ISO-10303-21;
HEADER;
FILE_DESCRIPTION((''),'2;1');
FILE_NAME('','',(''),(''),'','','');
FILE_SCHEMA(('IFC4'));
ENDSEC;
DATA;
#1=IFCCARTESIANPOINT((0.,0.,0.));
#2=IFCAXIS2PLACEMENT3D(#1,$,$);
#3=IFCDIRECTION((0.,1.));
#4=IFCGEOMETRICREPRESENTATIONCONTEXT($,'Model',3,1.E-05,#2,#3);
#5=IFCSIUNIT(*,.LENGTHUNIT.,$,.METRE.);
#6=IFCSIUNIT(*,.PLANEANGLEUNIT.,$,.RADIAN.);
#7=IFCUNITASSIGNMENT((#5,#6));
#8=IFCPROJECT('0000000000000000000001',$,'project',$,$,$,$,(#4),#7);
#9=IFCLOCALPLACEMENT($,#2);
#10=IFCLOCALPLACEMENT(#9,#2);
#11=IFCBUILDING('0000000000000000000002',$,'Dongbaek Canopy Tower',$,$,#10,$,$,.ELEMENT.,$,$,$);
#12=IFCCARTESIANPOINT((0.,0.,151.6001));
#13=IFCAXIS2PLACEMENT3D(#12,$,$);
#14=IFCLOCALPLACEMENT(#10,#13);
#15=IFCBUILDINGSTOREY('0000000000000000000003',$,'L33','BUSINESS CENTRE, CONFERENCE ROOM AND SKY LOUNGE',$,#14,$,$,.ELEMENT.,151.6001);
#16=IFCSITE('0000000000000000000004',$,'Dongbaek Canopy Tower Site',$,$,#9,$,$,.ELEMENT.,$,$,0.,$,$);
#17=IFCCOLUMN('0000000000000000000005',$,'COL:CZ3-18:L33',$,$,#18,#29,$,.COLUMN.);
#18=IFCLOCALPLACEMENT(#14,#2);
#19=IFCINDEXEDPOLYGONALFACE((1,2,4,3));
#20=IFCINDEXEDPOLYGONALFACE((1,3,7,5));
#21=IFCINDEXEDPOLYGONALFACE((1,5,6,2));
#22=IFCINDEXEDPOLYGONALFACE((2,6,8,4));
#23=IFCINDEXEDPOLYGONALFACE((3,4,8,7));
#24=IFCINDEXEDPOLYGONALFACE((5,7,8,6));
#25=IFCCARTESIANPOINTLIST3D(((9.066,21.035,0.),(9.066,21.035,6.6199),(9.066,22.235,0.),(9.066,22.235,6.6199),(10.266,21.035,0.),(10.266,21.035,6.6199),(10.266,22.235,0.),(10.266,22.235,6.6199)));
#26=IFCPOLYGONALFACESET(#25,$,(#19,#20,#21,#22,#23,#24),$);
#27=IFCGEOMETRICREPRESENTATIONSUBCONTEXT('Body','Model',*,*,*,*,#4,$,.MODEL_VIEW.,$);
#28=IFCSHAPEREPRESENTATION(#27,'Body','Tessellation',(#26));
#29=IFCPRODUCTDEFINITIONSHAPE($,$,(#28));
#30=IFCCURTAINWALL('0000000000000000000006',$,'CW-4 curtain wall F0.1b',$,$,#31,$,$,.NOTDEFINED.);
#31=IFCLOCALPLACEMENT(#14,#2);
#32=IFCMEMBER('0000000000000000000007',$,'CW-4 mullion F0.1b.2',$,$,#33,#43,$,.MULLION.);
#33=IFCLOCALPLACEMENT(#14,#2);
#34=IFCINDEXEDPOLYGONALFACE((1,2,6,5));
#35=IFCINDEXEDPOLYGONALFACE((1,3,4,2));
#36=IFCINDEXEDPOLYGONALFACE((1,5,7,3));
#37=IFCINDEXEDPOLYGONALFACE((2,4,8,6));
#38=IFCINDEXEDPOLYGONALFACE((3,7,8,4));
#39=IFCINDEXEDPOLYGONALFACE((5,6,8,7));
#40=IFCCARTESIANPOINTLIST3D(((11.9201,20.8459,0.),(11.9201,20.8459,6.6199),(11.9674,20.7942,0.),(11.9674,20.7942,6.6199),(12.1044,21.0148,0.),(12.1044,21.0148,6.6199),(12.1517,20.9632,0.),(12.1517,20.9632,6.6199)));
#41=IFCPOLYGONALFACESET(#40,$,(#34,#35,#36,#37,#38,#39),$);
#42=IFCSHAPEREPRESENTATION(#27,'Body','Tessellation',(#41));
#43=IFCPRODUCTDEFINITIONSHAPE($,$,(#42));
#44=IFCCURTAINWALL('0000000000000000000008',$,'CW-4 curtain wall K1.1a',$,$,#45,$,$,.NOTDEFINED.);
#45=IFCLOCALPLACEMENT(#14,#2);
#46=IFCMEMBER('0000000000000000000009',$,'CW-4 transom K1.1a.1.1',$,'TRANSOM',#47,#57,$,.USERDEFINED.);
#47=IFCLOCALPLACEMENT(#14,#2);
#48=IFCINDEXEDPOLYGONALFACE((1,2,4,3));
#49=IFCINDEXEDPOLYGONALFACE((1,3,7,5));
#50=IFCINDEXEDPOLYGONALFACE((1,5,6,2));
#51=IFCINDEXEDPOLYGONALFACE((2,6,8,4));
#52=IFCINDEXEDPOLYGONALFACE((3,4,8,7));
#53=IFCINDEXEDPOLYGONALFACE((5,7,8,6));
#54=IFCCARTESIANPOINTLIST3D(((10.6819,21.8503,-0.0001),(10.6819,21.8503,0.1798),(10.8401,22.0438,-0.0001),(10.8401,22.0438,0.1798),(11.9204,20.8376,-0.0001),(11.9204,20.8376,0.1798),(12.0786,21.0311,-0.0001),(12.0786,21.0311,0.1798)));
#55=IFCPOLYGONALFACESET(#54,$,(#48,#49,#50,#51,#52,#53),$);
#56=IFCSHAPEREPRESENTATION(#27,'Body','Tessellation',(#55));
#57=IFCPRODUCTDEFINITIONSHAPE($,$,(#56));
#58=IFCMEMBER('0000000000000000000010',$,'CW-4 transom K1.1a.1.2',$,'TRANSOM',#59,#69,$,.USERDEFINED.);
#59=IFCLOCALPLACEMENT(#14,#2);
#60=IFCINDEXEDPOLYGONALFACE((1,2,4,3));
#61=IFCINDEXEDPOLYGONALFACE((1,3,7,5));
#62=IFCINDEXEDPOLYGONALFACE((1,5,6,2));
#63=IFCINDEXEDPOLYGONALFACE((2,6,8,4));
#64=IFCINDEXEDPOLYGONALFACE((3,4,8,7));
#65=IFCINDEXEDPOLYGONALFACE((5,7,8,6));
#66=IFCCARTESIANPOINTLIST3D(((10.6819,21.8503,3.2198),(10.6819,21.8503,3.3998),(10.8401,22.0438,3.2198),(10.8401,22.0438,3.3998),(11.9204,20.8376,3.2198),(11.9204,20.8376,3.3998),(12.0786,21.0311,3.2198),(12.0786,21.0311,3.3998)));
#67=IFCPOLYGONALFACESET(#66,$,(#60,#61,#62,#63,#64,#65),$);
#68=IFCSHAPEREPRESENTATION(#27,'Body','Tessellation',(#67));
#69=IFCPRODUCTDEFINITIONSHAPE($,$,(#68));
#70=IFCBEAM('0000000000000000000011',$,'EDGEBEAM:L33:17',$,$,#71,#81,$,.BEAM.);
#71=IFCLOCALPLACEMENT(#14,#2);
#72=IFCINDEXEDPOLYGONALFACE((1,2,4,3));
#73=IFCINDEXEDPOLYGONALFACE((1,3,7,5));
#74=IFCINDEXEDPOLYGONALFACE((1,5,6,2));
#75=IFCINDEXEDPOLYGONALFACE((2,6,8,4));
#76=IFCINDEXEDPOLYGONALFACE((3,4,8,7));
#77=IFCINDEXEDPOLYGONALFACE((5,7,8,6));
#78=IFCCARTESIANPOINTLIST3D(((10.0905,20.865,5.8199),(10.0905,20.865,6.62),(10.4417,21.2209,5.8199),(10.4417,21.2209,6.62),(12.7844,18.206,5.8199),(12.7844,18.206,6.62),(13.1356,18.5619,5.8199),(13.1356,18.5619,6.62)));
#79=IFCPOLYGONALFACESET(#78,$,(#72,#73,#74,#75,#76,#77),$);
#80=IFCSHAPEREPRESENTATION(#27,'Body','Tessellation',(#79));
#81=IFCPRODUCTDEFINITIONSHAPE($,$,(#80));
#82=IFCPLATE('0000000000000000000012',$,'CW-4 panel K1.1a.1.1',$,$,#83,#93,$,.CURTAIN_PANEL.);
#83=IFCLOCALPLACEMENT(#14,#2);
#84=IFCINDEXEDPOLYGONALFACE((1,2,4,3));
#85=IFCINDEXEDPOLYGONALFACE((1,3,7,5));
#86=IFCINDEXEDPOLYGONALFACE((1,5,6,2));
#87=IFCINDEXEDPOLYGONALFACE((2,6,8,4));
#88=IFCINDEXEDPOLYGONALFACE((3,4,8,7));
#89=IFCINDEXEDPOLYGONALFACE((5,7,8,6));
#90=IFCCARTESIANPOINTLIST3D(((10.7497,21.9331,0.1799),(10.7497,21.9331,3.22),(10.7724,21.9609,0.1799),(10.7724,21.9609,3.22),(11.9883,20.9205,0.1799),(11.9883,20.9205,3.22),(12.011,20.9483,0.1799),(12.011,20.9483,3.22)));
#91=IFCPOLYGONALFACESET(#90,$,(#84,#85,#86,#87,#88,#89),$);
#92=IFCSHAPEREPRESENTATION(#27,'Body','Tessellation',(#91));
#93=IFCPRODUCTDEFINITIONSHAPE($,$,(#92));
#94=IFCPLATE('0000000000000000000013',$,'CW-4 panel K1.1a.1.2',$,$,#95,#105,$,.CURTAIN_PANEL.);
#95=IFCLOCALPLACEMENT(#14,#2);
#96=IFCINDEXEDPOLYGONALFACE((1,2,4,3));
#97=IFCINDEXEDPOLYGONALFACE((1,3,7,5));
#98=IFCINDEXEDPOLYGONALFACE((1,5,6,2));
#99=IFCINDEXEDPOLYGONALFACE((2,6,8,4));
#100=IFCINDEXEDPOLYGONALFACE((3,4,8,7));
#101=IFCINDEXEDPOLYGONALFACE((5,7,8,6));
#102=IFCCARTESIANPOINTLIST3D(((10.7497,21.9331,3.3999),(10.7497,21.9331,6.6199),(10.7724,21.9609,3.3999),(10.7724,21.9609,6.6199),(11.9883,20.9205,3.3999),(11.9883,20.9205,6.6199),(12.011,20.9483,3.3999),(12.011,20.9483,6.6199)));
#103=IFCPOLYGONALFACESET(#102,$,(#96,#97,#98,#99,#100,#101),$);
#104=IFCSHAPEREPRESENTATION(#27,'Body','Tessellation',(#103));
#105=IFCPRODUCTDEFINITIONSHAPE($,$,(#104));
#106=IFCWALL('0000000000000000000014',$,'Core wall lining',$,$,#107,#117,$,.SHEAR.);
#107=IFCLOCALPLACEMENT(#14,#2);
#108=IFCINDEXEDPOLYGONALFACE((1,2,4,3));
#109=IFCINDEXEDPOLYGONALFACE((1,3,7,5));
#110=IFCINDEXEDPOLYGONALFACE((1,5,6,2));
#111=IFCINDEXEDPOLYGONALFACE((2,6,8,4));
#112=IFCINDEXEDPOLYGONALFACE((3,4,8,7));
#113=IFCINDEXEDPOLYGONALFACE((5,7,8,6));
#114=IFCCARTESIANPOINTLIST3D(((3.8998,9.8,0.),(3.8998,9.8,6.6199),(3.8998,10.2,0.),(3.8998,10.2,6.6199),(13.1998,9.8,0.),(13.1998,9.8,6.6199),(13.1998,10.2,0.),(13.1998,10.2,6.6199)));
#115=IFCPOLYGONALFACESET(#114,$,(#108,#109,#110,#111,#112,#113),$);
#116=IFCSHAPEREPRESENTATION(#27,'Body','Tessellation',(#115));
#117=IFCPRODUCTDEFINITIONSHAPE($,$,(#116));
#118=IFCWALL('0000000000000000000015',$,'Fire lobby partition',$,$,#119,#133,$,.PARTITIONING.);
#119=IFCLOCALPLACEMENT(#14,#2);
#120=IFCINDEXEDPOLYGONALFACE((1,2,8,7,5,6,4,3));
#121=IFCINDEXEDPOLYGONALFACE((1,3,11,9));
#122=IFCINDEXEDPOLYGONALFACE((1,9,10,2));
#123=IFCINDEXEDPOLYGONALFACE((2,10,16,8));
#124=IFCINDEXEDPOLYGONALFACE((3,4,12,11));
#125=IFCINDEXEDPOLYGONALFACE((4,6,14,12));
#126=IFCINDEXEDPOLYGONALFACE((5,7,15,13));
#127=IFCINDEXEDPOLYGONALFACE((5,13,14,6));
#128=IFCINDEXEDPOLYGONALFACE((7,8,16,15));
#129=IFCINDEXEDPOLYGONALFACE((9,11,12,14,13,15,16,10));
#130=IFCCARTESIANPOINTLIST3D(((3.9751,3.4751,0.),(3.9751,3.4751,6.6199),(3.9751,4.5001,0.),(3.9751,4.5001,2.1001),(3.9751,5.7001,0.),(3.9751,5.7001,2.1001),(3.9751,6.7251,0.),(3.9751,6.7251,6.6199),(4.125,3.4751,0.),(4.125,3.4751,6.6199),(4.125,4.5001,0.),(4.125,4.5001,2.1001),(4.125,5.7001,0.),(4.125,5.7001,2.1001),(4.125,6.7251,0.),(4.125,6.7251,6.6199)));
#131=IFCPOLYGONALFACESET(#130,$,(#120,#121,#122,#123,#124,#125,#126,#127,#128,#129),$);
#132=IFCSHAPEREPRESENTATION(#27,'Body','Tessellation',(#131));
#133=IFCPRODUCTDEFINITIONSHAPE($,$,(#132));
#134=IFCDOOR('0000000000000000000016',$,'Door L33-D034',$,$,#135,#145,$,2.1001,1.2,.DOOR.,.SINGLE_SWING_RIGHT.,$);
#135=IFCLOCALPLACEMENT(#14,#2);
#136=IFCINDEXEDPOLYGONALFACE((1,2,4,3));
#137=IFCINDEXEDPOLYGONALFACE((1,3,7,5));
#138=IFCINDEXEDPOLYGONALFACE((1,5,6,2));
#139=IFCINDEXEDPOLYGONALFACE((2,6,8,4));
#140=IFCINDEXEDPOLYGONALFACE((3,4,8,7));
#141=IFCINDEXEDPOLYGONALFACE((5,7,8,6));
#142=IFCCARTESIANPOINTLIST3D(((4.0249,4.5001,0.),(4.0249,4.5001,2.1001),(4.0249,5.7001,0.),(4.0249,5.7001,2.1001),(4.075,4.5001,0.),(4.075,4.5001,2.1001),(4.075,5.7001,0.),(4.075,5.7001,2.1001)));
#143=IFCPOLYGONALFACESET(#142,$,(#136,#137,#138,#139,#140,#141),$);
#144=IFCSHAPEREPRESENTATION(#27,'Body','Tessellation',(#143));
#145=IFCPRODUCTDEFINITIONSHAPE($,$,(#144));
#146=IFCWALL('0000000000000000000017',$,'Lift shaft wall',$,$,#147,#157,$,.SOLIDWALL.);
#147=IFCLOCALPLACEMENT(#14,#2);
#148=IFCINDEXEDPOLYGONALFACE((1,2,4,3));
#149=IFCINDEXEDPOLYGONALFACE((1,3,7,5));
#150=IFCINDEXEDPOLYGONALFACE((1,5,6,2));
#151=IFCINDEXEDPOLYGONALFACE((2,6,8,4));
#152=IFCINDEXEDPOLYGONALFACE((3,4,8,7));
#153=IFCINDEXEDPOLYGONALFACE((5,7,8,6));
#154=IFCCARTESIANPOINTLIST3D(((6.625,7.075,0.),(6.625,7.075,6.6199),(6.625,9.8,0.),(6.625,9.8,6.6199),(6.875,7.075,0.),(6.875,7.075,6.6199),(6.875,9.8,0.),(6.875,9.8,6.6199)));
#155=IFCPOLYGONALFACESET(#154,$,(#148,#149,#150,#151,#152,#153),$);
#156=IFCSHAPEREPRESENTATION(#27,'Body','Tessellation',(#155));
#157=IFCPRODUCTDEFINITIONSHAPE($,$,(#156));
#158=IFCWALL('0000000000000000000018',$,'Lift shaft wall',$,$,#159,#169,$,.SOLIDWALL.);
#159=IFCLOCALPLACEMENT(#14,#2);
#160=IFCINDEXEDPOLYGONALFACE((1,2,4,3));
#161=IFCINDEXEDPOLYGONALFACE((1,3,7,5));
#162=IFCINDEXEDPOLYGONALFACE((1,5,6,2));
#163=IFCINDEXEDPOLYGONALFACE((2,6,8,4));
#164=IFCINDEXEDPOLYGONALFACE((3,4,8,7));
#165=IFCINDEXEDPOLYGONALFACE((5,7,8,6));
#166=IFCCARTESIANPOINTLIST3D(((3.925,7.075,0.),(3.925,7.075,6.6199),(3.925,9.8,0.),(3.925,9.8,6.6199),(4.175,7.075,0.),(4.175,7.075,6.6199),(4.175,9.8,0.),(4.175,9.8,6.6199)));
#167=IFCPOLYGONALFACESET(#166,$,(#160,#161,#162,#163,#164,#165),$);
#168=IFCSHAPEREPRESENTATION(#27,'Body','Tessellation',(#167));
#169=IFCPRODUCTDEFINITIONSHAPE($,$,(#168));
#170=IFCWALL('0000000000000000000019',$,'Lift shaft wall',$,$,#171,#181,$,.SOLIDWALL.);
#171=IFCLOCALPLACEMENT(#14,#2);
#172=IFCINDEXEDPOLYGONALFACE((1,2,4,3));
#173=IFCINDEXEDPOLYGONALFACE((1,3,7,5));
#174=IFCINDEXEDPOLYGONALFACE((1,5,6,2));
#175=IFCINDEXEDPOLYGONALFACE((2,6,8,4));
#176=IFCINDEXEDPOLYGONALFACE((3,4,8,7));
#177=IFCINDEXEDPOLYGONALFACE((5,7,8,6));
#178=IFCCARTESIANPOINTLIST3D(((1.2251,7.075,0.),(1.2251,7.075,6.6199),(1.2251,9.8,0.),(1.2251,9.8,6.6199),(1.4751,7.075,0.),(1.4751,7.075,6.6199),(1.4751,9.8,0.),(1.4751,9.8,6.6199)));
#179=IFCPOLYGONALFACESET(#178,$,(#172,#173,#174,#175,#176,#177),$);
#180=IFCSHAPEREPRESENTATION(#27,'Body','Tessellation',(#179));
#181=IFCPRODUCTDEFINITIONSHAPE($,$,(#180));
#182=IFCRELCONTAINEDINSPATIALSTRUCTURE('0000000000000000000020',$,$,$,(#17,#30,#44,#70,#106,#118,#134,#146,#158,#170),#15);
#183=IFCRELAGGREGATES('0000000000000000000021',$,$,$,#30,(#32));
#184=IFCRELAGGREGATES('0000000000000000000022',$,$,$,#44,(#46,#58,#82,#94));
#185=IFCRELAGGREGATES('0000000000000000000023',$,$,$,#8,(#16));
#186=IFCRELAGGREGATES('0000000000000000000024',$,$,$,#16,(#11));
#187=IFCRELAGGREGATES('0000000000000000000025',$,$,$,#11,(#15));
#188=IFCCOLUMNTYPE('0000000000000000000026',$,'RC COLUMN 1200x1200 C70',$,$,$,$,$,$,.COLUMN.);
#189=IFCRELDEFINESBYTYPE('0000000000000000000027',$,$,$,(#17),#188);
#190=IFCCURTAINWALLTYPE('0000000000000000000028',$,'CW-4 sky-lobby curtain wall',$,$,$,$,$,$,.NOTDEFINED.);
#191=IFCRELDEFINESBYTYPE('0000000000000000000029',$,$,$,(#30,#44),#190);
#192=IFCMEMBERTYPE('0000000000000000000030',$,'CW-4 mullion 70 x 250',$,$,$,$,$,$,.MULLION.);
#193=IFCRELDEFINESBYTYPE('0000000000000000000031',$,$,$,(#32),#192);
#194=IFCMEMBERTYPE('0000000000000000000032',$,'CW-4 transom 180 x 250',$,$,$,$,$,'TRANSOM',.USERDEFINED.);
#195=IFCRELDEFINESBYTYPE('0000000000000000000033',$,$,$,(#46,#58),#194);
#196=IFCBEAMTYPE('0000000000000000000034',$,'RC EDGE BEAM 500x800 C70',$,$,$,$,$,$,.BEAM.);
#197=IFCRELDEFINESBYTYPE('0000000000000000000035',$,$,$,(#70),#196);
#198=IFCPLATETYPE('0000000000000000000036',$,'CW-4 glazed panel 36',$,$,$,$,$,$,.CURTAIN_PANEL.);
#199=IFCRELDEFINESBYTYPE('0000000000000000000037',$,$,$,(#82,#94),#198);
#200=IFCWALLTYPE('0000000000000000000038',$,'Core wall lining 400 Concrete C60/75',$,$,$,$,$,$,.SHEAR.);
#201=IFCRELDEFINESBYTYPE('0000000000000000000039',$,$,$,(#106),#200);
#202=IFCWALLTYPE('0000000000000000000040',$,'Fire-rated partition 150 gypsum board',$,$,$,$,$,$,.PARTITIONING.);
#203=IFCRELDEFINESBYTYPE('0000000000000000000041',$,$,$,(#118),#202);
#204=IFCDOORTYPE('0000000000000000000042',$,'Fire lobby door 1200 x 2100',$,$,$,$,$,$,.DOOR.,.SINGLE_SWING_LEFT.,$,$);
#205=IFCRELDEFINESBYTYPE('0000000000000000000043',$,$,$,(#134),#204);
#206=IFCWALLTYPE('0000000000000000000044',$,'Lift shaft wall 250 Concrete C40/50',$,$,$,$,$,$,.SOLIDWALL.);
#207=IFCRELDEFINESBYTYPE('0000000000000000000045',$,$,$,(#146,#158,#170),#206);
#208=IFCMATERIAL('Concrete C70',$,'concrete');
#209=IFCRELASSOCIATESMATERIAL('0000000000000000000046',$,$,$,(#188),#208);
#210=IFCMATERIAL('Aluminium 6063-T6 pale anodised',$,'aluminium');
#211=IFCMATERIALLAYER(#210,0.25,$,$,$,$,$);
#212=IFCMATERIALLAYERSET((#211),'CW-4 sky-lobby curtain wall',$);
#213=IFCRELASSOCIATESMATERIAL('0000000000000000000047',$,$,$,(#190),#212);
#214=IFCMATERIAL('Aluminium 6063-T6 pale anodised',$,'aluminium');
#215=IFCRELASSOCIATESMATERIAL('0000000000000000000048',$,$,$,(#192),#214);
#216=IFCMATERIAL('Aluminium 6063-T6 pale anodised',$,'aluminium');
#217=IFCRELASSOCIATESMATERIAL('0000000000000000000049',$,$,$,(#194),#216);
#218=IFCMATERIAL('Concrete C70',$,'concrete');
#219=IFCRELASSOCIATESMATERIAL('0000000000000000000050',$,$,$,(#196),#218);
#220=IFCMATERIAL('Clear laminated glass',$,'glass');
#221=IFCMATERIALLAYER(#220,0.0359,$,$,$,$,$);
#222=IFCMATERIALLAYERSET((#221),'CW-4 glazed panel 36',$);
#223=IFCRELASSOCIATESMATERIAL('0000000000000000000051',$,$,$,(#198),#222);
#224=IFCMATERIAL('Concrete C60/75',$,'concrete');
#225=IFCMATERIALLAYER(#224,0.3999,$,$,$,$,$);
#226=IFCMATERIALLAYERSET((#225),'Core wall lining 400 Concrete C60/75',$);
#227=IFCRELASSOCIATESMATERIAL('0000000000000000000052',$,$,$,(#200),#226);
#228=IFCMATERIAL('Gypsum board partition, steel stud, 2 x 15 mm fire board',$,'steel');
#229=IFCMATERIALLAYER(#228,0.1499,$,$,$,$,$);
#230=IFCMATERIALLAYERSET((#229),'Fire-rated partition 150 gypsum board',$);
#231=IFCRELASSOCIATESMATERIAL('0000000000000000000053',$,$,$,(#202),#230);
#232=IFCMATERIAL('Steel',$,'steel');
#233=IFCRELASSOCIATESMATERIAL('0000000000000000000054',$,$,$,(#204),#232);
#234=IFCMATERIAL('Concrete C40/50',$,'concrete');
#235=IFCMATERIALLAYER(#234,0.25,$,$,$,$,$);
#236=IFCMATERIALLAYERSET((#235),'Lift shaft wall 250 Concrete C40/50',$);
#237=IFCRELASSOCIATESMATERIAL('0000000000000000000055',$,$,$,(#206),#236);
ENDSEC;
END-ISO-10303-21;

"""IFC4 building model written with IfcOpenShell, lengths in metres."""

from ifc_helpers import new_model, si_unit, direction, frame, frame_2d, origin, origin_2d, place, context, subcontext, project, spatial, rectangle, extrude, material, layer, layer_set, material_profile, profile_set, type_object, element, fill, aggregate, save


model = new_model("IFC4")

# Units and contexts
model_context = context("Model", 3, precision=1e-05, world=origin(), true_north=direction((0.0, 1.0)))
body_context = subcontext(model_context, "Body", "Model", "MODEL_VIEW")
ifc_project = project(units=[si_unit("LENGTHUNIT", "METRE"), si_unit("PLANEANGLEUNIT", "RADIAN")], contexts=[model_context])

# Site, building, storey
site_placement = place(None, origin())
site = spatial("IfcSite", under=ifc_project, at=site_placement, Name="Dongbaek Canopy Tower Site", CompositionType="ELEMENT", RefElevation=0.0)
building_placement = place(site_placement, origin())
building = spatial("IfcBuilding", under=site, at=building_placement, Name="Dongbaek Canopy Tower", CompositionType="ELEMENT")
storey_placement = place(building_placement, frame((0.0, 0.0, 151.6001)))
storey = spatial("IfcBuildingStorey", under=building, at=storey_placement, Name="L33", Description="BUSINESS CENTRE, CONFERENCE ROOM AND SKY LOUNGE", CompositionType="ELEMENT", Elevation=151.6001)

# Column
ifc_material_1 = material(Name="Concrete C70", Category="concrete")
ifc_material_profile_1 = material_profile(ifc_material_1, rectangle(XDim=1.2, YDim=1.2, at=origin_2d()), Name="RC COLUMN 1200x1200 C70")
ifc_profile_set_1 = profile_set([ifc_material_profile_1], Name="Concrete C70")
column_type = type_object("IfcColumnType", Name="RC COLUMN 1200x1200 C70", PredefinedType="COLUMN", material=ifc_profile_set_1)
column_placement = place(storey_placement, frame((9.666, 21.635, 0.0), z_axis=(0.0, 0.0, 1.0), x_axis=(1.0, 0.0, 0.0)))
element("IfcColumn", 1, at=column_placement, inside=storey, type_object=column_type, Name="COL:CZ3-18:L33", PredefinedType="COLUMN", context=body_context, shape_type="SweptSolid", body=[
    extrude(rectangle(XDim=1.2, YDim=1.2, at=origin_2d()), origin(), (0.0, 0.0, 1.0), 6.6199),
])

# Curtain wall, member
ifc_material_2 = material(Name="Aluminium 6063-T6 pale anodised", Category="aluminium")
ifc_layer_1 = layer(ifc_material_2, 0.25)
ifc_layer_set_1 = layer_set([ifc_layer_1], Name="CW-4 sky-lobby curtain wall")
curtain_wall_type = type_object("IfcCurtainWallType", Name="CW-4 sky-lobby curtain wall", PredefinedType="NOTDEFINED", material=ifc_layer_set_1)
curtain_wall_1_placement = place(storey_placement, origin())
curtain_wall_1 = element("IfcCurtainWall", 2, at=curtain_wall_1_placement, inside=storey, type_object=curtain_wall_type, Name="CW-4 curtain wall F0.1b", PredefinedType="NOTDEFINED")
ifc_material_3 = material(Name="Aluminium 6063-T6 pale anodised", Category="aluminium")
ifc_material_profile_2 = material_profile(ifc_material_3, rectangle(XDim=0.25, YDim=0.0701, at=origin_2d()), Name="CW-4 mullion 70 x 250")
ifc_profile_set_2 = profile_set([ifc_material_profile_2], Name="Aluminium 6063-T6 pale anodised")
member_type_1 = type_object("IfcMemberType", Name="CW-4 mullion 70 x 250", PredefinedType="MULLION", material=ifc_profile_set_2)
member_1_placement = place(storey_placement, frame((12.0359, 20.9045, 0.0), z_axis=(0.0, 0.0, 1.0), x_axis=(0.737125, 0.675756, 0.0)))
member_1 = element("IfcMember", 3, at=member_1_placement, type_object=member_type_1, Name="CW-4 mullion F0.1b.2", PredefinedType="MULLION", context=body_context, shape_type="SweptSolid", body=[
    extrude(rectangle(XDim=0.25, YDim=0.0701, at=origin_2d()), origin(), (0.0, 0.0, 1.0), 6.6199),
])
aggregate(curtain_wall_1, [member_1])

# Curtain wall, members
curtain_wall_2_placement = place(storey_placement, origin())
curtain_wall_2 = element("IfcCurtainWall", 4, at=curtain_wall_2_placement, inside=storey, type_object=curtain_wall_type, Name="CW-4 curtain wall K1.1a", PredefinedType="NOTDEFINED")
ifc_material_4 = material(Name="Aluminium 6063-T6 pale anodised", Category="aluminium")
ifc_material_profile_3 = material_profile(ifc_material_4, rectangle(XDim=0.25, YDim=0.1799, at=origin_2d()), Name="CW-4 transom 180 x 250")
ifc_profile_set_3 = profile_set([ifc_material_profile_3], Name="Aluminium 6063-T6 pale anodised")
member_type_2 = type_object("IfcMemberType", Name="CW-4 transom 180 x 250", ElementType="TRANSOM", PredefinedType="USERDEFINED", material=ifc_profile_set_3)
member_2_placement = place(storey_placement, frame((11.9995, 20.9343, 0.0898), z_axis=(-0.774154, 0.632997, 0.0), x_axis=(-0.632997, -0.774154, 0.0)))
member_2 = element("IfcMember", 5, at=member_2_placement, type_object=member_type_2, Name="CW-4 transom K1.1a.1.1", ObjectType="TRANSOM", PredefinedType="USERDEFINED", context=body_context, shape_type="SweptSolid", body=[
    extrude(rectangle(XDim=0.25, YDim=0.1799, at=origin_2d()), origin(), (0.0, 0.0, 1.0), 1.5999),
])
member_3_placement = place(storey_placement, frame((11.9995, 20.9343, 3.3098), z_axis=(-0.774154, 0.632997, 0.0), x_axis=(-0.632997, -0.774154, 0.0)))
member_3 = element("IfcMember", 6, at=member_3_placement, type_object=member_type_2, Name="CW-4 transom K1.1a.1.2", ObjectType="TRANSOM", PredefinedType="USERDEFINED", context=body_context, shape_type="SweptSolid", body=[
    extrude(rectangle(XDim=0.25, YDim=0.1799, at=origin_2d()), origin(), (0.0, 0.0, 1.0), 1.5999),
])

# Beam
ifc_material_5 = material(Name="Concrete C70", Category="concrete")
ifc_material_profile_4 = material_profile(ifc_material_5, rectangle(XDim=0.5, YDim=0.8, at=origin_2d()), Name="RC EDGE BEAM 500x800 C70")
ifc_profile_set_4 = profile_set([ifc_material_profile_4], Name="Concrete C70")
beam_type = type_object("IfcBeamType", Name="RC EDGE BEAM 500x800 C70", PredefinedType="BEAM", material=ifc_profile_set_4)
beam_placement = place(storey_placement, frame((10.2661, 21.043, 6.22), z_axis=(0.711704, -0.70248, 0.0), x_axis=(0.70248, 0.711704, 0.0)))
element("IfcBeam", 7, at=beam_placement, inside=storey, type_object=beam_type, Name="EDGEBEAM:L33:17", PredefinedType="BEAM", context=body_context, shape_type="SweptSolid", body=[
    extrude(rectangle(XDim=0.5, YDim=0.8, at=origin_2d()), origin(), (0.0, 0.0, 1.0), 3.7852),
])

# Plates
ifc_material_6 = material(Name="Clear laminated glass", Category="glass")
ifc_layer_2 = layer(ifc_material_6, 0.0359)
ifc_layer_set_2 = layer_set([ifc_layer_2], Name="CW-4 glazed panel 36")
plate_type = type_object("IfcPlateType", Name="CW-4 glazed panel 36", PredefinedType="CURTAIN_PANEL", material=ifc_layer_set_2)
plate_1_placement = place(storey_placement, frame((11.3804, 21.4407, 0.1799), z_axis=(0.0, 0.0, 1.0), x_axis=(-0.774192, 0.632951, 0.0)))
plate_1 = element("IfcPlate", 8, at=plate_1_placement, type_object=plate_type, Name="CW-4 panel K1.1a.1.1", PredefinedType="CURTAIN_PANEL", context=body_context, shape_type="SweptSolid", body=[
    extrude(rectangle(XDim=1.5999, YDim=0.0359, at=origin_2d()), origin(), (0.0, 0.0, 1.0), 3.04),
])
plate_2_placement = place(storey_placement, frame((11.3804, 21.4407, 3.3999), z_axis=(0.0, 0.0, 1.0), x_axis=(-0.774192, 0.632951, 0.0)))
plate_2 = element("IfcPlate", 9, at=plate_2_placement, type_object=plate_type, Name="CW-4 panel K1.1a.1.2", PredefinedType="CURTAIN_PANEL", context=body_context, shape_type="SweptSolid", body=[
    extrude(rectangle(XDim=1.5999, YDim=0.0359, at=origin_2d()), origin(), (0.0, 0.0, 1.0), 3.22),
])
aggregate(curtain_wall_2, [member_2, member_3, plate_1, plate_2])

# Wall
ifc_material_7 = material(Name="Concrete C60/75", Category="concrete")
ifc_layer_3 = layer(ifc_material_7, 0.3999)
ifc_layer_set_3 = layer_set([ifc_layer_3], Name="Core wall lining 400 Concrete C60/75")
wall_type_1 = type_object("IfcWallType", Name="Core wall lining 400 Concrete C60/75", PredefinedType="SHEAR", material=ifc_layer_set_3)
wall_1_placement = place(storey_placement, frame((3.8999, 10.0, 0.0), z_axis=(0.0, 0.0, 1.0), x_axis=(1.0, 0.0, 0.0)))
element("IfcWall", 10, at=wall_1_placement, inside=storey, type_object=wall_type_1, Name="Core wall lining", PredefinedType="SHEAR", context=body_context, shape_type="SweptSolid", body=[
    extrude(rectangle(XDim=9.3, YDim=0.3999, at=frame_2d((4.6499, 0.0))), origin(), (0.0, 0.0, 1.0), 6.6199),
])

# Wall, opening, door
ifc_material_8 = material(Name="Gypsum board partition, steel stud, 2 x 15 mm fire board", Category="steel")
ifc_layer_4 = layer(ifc_material_8, 0.1499)
ifc_layer_set_4 = layer_set([ifc_layer_4], Name="Fire-rated partition 150 gypsum board")
wall_type_2 = type_object("IfcWallType", Name="Fire-rated partition 150 gypsum board", PredefinedType="PARTITIONING", material=ifc_layer_set_4)
wall_2_placement = place(storey_placement, frame((4.05, 6.7251, 0.0), z_axis=(0.0, 0.0, 1.0), x_axis=(0.0, -1.0, 0.0)))
wall_2 = element("IfcWall", 11, at=wall_2_placement, inside=storey, type_object=wall_type_2, Name="Fire lobby partition", PredefinedType="PARTITIONING", context=body_context, shape_type="SweptSolid", body=[
    extrude(rectangle(XDim=3.25, YDim=0.1499, at=frame_2d((1.625, 0.0))), origin(), (0.0, 0.0, 1.0), 6.6199),
])
opening_1_placement = place(wall_2_placement, frame((1.0249, 0.0, 0.0)))
opening_1 = element("IfcOpeningElement", 12, at=opening_1_placement, cuts=wall_2, PredefinedType="OPENING", context=body_context, shape_type="SweptSolid", body=[
    extrude(rectangle(XDim=1.2, YDim=2.1001, at=frame_2d((0.6001, 1.05))), frame((0.0, 0.085, 0.0), z_axis=(0.0, -1.0, 0.0), x_axis=(1.0, 0.0, 0.0)), (0.0, 0.0, 1.0), 0.1699),
])
ifc_material_9 = material(Name="Steel", Category="steel")
door_type_1 = type_object("IfcDoorType", Name="Fire lobby door 1200 x 2100", OperationType="SINGLE_SWING_LEFT", PredefinedType="DOOR", material=ifc_material_9)
door_1_placement = place(opening_1_placement, origin())
door_1 = element("IfcDoor", 13, at=door_1_placement, inside=storey, type_object=door_type_1, Name="Door L33-D034", OperationType="SINGLE_SWING_RIGHT", OverallHeight=2.1001, OverallWidth=1.2, PredefinedType="DOOR", context=body_context, shape_type="SweptSolid", body=[
    extrude(rectangle(XDim=1.2, YDim=2.1001, at=frame_2d((0.6001, 1.05))), frame((0.0, 0.0249, 0.0), z_axis=(0.0, -1.0, 0.0), x_axis=(1.0, 0.0, 0.0)), (0.0, 0.0, 1.0), 0.05),
])
fill(opening_1, door_1)

# Walls
ifc_material_10 = material(Name="Concrete C40/50", Category="concrete")
ifc_layer_5 = layer(ifc_material_10, 0.25)
ifc_layer_set_5 = layer_set([ifc_layer_5], Name="Lift shaft wall 250 Concrete C40/50")
wall_type_3 = type_object("IfcWallType", Name="Lift shaft wall 250 Concrete C40/50", PredefinedType="SOLIDWALL", material=ifc_layer_set_5)
for number, where, z_axis, x_axis, name in (
    (14, (6.75, 7.075, 0.0), (0.0, 0.0, 1.0), (0.0, 1.0, 0.0), "Lift shaft wall"),
    (15, (4.05, 7.075, 0.0), (0.0, 0.0, 1.0), (0.0, 1.0, 0.0), "Lift shaft wall"),
    (16, (1.3501, 7.075, 0.0), (0.0, 0.0, 1.0), (0.0, 1.0, 0.0), "Lift shaft wall"),
):
    element("IfcWall", number, at=place(storey_placement, frame(where, z_axis=z_axis, x_axis=x_axis)), inside=storey, type_object=wall_type_3, Name=name, PredefinedType="SOLIDWALL", context=body_context, shape_type="SweptSolid", body=[
        extrude(rectangle(XDim=2.7251, YDim=0.25, at=frame_2d((1.3625, 0.0))), origin(), (0.0, 0.0, 1.0), 6.6199),
    ])

save(model, "model.ifc")
